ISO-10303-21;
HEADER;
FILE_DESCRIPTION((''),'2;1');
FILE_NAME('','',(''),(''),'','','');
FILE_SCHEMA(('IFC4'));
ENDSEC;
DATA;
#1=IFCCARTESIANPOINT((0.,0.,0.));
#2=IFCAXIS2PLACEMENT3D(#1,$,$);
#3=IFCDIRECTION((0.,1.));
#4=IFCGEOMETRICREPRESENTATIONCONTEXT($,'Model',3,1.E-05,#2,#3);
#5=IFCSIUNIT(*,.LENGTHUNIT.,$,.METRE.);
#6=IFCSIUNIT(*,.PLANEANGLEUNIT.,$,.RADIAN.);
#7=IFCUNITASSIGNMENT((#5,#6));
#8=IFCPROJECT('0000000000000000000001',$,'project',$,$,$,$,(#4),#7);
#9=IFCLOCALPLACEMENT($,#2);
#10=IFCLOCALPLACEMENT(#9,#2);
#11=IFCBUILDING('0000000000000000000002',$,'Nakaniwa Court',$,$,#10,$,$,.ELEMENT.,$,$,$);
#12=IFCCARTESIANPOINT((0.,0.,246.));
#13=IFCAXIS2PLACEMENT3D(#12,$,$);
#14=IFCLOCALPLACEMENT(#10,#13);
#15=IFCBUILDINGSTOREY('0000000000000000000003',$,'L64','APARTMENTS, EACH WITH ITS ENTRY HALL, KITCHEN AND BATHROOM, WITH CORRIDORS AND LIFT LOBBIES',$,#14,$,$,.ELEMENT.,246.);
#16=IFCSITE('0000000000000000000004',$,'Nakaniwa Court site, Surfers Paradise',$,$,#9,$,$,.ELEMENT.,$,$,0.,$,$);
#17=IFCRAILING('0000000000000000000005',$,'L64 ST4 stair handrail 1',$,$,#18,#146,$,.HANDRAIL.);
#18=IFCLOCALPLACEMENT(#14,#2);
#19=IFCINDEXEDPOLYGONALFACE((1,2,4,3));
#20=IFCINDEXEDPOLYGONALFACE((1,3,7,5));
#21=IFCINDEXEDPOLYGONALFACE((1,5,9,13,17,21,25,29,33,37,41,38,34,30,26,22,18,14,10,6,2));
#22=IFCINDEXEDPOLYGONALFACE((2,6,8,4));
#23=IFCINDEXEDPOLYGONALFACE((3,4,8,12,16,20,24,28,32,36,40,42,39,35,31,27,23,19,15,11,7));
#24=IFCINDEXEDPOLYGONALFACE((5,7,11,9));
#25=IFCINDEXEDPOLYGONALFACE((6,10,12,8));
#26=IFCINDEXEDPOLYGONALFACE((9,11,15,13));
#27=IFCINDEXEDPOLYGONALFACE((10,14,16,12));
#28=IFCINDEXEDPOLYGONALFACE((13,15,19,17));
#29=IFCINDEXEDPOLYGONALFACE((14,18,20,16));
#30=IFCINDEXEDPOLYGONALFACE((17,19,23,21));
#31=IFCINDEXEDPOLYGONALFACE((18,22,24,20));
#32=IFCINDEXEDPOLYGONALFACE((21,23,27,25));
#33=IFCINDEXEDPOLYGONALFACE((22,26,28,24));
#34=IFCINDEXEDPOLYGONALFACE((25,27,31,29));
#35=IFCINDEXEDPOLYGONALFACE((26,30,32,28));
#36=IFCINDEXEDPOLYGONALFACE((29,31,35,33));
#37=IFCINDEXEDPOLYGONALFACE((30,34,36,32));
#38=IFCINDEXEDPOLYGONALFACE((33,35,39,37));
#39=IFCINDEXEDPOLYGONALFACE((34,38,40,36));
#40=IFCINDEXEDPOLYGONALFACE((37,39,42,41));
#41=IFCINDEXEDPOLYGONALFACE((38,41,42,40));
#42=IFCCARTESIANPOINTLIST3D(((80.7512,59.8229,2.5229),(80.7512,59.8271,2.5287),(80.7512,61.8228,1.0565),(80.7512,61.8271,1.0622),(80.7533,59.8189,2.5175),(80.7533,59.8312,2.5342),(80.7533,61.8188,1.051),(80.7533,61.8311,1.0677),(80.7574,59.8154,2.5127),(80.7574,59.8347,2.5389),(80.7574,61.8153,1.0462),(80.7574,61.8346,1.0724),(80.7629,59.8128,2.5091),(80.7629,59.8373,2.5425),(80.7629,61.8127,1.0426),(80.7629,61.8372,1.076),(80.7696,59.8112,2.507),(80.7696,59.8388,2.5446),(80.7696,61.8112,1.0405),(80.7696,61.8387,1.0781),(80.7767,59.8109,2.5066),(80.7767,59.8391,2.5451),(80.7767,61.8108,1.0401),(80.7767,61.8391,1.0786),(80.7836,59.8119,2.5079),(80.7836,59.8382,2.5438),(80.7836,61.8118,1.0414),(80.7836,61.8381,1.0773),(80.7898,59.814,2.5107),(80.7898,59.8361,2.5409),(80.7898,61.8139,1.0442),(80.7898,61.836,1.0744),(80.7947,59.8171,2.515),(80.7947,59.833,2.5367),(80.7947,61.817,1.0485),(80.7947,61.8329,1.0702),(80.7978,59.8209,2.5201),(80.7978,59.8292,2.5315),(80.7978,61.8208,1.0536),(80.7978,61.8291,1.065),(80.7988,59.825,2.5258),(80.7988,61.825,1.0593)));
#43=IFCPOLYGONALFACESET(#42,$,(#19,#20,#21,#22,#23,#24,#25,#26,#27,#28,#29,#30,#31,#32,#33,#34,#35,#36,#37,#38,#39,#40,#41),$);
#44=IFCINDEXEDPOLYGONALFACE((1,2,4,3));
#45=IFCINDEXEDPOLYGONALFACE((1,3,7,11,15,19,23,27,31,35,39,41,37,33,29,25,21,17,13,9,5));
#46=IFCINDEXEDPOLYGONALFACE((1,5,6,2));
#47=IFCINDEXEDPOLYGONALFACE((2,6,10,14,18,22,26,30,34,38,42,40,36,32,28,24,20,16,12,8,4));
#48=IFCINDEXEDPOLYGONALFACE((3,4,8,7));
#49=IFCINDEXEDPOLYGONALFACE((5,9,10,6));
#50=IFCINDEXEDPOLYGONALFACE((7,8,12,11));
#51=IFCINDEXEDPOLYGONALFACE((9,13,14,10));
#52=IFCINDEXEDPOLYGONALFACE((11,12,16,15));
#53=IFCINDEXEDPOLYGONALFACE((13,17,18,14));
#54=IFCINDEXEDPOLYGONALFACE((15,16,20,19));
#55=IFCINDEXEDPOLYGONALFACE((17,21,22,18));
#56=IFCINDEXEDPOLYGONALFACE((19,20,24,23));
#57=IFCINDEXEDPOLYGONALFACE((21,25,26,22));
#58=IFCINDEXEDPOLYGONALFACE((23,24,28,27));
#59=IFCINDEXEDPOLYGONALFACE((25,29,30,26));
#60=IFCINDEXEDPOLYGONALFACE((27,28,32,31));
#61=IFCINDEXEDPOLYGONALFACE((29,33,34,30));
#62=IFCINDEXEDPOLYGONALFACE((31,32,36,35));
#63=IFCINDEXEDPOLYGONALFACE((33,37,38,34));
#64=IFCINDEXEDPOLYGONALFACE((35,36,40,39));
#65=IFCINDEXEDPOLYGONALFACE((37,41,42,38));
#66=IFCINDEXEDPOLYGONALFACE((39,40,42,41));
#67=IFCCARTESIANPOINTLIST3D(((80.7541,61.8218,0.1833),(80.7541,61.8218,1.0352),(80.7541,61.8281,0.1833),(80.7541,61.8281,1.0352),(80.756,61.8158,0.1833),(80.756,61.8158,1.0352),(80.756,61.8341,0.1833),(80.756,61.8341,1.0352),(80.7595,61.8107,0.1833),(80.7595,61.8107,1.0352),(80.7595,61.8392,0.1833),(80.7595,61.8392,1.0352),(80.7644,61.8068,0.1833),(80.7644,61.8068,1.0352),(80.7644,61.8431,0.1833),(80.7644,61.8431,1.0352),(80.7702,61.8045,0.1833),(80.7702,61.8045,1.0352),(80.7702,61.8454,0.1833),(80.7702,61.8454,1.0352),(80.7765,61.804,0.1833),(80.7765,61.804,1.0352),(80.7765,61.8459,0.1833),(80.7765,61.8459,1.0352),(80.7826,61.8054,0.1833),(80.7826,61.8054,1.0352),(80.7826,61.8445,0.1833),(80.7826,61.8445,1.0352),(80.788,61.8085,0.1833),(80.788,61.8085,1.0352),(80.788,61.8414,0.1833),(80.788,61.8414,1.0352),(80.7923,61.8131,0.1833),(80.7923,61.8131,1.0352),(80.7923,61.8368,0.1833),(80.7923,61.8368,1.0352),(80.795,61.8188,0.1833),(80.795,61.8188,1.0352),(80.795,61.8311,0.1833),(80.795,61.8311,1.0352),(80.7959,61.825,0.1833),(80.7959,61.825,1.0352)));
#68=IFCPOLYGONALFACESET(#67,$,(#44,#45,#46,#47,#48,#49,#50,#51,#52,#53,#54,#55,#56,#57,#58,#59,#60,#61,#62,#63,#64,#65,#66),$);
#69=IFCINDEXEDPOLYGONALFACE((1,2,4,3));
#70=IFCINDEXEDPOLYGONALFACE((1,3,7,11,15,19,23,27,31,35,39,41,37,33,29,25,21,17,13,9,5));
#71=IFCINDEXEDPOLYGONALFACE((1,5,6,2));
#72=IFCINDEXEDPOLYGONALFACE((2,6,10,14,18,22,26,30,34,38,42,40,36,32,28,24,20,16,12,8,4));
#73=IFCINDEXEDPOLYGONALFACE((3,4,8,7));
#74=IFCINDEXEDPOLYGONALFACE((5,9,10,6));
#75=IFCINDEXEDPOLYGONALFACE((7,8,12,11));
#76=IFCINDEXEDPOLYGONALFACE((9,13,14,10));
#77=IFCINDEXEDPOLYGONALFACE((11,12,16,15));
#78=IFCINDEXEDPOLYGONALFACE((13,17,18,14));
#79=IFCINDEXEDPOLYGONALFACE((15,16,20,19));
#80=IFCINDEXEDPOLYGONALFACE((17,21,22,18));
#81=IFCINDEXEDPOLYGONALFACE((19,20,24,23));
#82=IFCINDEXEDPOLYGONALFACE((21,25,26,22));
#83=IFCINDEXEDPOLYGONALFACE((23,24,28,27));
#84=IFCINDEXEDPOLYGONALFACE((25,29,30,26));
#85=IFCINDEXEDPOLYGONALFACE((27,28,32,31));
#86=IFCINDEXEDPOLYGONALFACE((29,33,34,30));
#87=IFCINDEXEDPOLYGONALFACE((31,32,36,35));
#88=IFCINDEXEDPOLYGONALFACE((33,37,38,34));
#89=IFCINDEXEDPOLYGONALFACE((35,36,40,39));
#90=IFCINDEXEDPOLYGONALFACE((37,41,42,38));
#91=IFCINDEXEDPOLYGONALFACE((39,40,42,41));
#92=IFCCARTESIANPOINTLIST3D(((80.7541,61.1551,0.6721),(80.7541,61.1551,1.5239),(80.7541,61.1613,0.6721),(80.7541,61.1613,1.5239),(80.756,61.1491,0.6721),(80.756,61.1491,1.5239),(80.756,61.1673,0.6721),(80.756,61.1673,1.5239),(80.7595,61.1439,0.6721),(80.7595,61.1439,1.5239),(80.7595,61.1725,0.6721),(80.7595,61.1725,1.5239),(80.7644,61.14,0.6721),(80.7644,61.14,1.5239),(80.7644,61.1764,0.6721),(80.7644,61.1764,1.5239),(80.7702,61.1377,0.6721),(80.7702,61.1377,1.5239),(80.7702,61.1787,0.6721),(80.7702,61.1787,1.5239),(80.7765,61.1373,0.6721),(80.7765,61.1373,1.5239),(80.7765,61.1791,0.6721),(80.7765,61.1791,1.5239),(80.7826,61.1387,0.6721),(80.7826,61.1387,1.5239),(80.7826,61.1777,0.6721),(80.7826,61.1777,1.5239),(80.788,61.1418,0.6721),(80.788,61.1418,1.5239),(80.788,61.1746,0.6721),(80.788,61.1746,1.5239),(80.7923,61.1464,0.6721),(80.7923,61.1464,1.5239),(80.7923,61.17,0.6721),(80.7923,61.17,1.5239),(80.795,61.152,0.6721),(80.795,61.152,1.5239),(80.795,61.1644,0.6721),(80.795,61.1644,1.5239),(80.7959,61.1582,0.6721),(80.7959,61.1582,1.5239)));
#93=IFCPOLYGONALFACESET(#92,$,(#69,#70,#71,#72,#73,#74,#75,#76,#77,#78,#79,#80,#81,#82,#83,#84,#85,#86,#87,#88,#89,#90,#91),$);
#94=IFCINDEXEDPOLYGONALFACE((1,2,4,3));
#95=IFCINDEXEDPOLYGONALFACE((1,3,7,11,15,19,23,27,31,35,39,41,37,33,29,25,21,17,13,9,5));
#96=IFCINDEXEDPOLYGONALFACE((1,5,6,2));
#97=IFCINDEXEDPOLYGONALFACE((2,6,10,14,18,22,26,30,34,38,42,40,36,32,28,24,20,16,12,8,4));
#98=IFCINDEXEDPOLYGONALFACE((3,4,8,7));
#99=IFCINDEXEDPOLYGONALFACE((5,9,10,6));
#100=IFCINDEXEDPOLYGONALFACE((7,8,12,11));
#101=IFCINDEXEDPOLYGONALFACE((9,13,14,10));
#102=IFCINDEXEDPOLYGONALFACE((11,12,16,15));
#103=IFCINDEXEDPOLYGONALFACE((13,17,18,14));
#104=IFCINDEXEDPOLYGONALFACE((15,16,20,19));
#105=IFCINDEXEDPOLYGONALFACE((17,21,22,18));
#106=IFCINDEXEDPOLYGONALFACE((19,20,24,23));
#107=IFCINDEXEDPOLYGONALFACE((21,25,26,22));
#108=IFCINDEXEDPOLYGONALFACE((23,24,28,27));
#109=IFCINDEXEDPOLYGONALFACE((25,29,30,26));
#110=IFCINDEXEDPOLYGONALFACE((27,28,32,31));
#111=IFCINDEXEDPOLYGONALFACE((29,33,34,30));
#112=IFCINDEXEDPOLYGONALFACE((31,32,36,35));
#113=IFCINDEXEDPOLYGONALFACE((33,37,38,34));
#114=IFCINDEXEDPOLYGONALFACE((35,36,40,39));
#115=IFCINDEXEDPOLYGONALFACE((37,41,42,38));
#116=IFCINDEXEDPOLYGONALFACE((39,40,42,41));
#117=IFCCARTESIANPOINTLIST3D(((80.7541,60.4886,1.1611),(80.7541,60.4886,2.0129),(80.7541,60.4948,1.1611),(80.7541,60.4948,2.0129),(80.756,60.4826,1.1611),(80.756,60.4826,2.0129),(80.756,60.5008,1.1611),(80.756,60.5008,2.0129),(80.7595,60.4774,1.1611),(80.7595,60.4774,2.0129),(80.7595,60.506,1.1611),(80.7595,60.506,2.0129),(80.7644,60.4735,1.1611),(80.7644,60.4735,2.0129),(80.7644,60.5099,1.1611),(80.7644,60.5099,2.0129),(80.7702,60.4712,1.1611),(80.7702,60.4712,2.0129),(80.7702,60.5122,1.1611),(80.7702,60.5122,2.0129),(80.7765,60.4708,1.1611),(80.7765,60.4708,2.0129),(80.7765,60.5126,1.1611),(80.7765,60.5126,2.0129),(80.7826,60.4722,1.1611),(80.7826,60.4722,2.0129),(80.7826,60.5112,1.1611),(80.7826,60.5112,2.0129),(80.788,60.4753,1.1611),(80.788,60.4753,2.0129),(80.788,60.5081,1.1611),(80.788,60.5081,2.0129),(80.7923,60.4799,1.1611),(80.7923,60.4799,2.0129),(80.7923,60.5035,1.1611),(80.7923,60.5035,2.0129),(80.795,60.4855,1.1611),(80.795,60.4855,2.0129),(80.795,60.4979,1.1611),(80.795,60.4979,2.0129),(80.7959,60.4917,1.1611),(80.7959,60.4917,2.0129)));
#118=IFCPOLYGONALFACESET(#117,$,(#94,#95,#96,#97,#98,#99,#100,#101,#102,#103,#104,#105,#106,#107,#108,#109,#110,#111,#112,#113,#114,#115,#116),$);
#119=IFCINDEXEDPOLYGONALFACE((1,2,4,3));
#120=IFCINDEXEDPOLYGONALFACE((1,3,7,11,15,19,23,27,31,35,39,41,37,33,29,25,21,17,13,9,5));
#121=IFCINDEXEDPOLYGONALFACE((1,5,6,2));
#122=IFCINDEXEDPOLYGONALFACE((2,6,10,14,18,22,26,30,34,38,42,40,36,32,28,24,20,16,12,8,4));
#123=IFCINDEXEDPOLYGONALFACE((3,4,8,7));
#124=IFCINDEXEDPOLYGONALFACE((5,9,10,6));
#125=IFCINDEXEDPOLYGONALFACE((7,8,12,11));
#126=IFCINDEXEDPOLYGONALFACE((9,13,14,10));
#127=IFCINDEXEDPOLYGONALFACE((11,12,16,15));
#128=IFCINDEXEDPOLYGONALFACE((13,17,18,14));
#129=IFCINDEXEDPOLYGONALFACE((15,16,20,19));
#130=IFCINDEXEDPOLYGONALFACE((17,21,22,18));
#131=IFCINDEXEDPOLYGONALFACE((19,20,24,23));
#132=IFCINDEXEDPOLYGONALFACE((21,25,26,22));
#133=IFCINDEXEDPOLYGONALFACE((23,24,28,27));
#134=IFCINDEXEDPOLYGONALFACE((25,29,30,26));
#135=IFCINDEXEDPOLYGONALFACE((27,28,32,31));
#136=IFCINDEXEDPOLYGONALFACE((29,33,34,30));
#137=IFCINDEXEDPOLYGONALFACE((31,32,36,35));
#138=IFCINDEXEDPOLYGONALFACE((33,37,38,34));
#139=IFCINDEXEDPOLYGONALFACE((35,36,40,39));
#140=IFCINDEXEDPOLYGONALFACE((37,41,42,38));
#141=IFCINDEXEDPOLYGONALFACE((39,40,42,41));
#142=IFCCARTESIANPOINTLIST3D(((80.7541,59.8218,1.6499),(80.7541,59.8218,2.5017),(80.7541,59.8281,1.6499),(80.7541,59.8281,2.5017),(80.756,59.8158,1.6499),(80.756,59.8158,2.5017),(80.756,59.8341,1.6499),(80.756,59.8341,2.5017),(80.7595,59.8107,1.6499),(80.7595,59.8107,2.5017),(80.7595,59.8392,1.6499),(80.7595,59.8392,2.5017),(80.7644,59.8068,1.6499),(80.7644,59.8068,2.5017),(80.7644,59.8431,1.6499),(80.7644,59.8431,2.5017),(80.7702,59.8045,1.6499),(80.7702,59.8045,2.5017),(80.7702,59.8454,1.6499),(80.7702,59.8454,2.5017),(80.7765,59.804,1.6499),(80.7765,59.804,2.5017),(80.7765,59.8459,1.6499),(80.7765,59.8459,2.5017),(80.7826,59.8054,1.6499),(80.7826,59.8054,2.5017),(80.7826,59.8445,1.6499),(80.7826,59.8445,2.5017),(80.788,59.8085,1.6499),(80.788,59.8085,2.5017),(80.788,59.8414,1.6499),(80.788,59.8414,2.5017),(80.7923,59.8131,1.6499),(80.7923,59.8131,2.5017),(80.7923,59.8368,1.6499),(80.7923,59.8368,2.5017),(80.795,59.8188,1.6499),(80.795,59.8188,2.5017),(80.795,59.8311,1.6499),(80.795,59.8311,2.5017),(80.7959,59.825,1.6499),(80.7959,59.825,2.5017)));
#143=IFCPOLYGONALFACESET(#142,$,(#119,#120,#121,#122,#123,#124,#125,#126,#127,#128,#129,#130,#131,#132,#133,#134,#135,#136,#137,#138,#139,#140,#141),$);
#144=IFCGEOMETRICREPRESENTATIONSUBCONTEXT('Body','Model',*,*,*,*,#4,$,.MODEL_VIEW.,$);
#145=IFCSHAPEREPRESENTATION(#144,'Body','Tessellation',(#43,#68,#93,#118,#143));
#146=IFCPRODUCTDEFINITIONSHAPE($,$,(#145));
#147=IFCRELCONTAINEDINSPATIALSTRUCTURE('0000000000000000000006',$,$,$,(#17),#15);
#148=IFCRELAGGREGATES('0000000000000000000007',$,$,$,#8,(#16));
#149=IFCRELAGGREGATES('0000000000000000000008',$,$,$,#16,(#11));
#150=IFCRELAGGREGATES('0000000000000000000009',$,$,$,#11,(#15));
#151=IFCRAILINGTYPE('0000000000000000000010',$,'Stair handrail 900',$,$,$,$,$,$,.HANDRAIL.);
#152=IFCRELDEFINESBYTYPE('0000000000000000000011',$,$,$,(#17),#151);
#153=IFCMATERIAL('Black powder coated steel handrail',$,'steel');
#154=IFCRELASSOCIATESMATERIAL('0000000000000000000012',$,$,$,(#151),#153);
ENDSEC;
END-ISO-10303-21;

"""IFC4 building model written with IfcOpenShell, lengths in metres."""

from ifc_helpers import new_model, si_unit, direction, frame, origin, origin_2d, place, context, subcontext, project, spatial, circle, extrude, material, type_object, element, save


model = new_model("IFC4")

# Units and contexts
model_context = context("Model", 3, precision=1e-05, world=origin(), true_north=direction((0.0, 1.0)))
body_context = subcontext(model_context, "Body", "Model", "MODEL_VIEW")
ifc_project = project(units=[si_unit("LENGTHUNIT", "METRE"), si_unit("PLANEANGLEUNIT", "RADIAN")], contexts=[model_context])

# Site, building, storey
site_placement = place(None, origin())
site = spatial("IfcSite", under=ifc_project, at=site_placement, Name="Nakaniwa Court site, Surfers Paradise", CompositionType="ELEMENT", RefElevation=0.0)
building_placement = place(site_placement, origin())
building = spatial("IfcBuilding", under=site, at=building_placement, Name="Nakaniwa Court", CompositionType="ELEMENT")
storey_placement = place(building_placement, frame((0.0, 0.0, 246.0)))
storey = spatial("IfcBuildingStorey", under=building, at=storey_placement, Name="L64", Description="APARTMENTS, EACH WITH ITS ENTRY HALL, KITCHEN AND BATHROOM, WITH CORRIDORS AND LIFT LOBBIES", CompositionType="ELEMENT", Elevation=246.0)

# Railing
ifc_material_1 = material(Name="Black powder coated steel handrail", Category="steel")
railing_type_1 = type_object("IfcRailingType", Name="Stair handrail 900", PredefinedType="HANDRAIL", material=ifc_material_1)
railing_1_placement = place(storey_placement, frame((80.7749, 61.825, 0.1833)))
element("IfcRailing", 1, at=railing_1_placement, inside=storey, type_object=railing_type_1, Name="L64 ST4 stair handrail 1", PredefinedType="HANDRAIL", context=body_context, shape_type="SweptSolid", body=[
    extrude(circle(Radius=0.0239, at=origin_2d()), frame((0.0, 0.0, 0.876), z_axis=(0.0, -0.806427, 0.591334), x_axis=(1.0, 0.0, 0.0)), (0.0, 0.0, 1.0), 2.48),
    extrude(circle(Radius=0.021, at=origin_2d()), origin(), (0.0, 0.0, 1.0), 0.8518),
    extrude(circle(Radius=0.021, at=origin_2d()), frame((0.0, -0.6667, 0.4888)), (0.0, 0.0, 1.0), 0.8518),
    extrude(circle(Radius=0.021, at=origin_2d()), frame((0.0, -1.3333, 0.9778)), (0.0, 0.0, 1.0), 0.8518),
    extrude(circle(Radius=0.021, at=origin_2d()), frame((0.0, -2.0, 1.4666)), (0.0, 0.0, 1.0), 0.8518),
])

save(model, "model.ifc")
